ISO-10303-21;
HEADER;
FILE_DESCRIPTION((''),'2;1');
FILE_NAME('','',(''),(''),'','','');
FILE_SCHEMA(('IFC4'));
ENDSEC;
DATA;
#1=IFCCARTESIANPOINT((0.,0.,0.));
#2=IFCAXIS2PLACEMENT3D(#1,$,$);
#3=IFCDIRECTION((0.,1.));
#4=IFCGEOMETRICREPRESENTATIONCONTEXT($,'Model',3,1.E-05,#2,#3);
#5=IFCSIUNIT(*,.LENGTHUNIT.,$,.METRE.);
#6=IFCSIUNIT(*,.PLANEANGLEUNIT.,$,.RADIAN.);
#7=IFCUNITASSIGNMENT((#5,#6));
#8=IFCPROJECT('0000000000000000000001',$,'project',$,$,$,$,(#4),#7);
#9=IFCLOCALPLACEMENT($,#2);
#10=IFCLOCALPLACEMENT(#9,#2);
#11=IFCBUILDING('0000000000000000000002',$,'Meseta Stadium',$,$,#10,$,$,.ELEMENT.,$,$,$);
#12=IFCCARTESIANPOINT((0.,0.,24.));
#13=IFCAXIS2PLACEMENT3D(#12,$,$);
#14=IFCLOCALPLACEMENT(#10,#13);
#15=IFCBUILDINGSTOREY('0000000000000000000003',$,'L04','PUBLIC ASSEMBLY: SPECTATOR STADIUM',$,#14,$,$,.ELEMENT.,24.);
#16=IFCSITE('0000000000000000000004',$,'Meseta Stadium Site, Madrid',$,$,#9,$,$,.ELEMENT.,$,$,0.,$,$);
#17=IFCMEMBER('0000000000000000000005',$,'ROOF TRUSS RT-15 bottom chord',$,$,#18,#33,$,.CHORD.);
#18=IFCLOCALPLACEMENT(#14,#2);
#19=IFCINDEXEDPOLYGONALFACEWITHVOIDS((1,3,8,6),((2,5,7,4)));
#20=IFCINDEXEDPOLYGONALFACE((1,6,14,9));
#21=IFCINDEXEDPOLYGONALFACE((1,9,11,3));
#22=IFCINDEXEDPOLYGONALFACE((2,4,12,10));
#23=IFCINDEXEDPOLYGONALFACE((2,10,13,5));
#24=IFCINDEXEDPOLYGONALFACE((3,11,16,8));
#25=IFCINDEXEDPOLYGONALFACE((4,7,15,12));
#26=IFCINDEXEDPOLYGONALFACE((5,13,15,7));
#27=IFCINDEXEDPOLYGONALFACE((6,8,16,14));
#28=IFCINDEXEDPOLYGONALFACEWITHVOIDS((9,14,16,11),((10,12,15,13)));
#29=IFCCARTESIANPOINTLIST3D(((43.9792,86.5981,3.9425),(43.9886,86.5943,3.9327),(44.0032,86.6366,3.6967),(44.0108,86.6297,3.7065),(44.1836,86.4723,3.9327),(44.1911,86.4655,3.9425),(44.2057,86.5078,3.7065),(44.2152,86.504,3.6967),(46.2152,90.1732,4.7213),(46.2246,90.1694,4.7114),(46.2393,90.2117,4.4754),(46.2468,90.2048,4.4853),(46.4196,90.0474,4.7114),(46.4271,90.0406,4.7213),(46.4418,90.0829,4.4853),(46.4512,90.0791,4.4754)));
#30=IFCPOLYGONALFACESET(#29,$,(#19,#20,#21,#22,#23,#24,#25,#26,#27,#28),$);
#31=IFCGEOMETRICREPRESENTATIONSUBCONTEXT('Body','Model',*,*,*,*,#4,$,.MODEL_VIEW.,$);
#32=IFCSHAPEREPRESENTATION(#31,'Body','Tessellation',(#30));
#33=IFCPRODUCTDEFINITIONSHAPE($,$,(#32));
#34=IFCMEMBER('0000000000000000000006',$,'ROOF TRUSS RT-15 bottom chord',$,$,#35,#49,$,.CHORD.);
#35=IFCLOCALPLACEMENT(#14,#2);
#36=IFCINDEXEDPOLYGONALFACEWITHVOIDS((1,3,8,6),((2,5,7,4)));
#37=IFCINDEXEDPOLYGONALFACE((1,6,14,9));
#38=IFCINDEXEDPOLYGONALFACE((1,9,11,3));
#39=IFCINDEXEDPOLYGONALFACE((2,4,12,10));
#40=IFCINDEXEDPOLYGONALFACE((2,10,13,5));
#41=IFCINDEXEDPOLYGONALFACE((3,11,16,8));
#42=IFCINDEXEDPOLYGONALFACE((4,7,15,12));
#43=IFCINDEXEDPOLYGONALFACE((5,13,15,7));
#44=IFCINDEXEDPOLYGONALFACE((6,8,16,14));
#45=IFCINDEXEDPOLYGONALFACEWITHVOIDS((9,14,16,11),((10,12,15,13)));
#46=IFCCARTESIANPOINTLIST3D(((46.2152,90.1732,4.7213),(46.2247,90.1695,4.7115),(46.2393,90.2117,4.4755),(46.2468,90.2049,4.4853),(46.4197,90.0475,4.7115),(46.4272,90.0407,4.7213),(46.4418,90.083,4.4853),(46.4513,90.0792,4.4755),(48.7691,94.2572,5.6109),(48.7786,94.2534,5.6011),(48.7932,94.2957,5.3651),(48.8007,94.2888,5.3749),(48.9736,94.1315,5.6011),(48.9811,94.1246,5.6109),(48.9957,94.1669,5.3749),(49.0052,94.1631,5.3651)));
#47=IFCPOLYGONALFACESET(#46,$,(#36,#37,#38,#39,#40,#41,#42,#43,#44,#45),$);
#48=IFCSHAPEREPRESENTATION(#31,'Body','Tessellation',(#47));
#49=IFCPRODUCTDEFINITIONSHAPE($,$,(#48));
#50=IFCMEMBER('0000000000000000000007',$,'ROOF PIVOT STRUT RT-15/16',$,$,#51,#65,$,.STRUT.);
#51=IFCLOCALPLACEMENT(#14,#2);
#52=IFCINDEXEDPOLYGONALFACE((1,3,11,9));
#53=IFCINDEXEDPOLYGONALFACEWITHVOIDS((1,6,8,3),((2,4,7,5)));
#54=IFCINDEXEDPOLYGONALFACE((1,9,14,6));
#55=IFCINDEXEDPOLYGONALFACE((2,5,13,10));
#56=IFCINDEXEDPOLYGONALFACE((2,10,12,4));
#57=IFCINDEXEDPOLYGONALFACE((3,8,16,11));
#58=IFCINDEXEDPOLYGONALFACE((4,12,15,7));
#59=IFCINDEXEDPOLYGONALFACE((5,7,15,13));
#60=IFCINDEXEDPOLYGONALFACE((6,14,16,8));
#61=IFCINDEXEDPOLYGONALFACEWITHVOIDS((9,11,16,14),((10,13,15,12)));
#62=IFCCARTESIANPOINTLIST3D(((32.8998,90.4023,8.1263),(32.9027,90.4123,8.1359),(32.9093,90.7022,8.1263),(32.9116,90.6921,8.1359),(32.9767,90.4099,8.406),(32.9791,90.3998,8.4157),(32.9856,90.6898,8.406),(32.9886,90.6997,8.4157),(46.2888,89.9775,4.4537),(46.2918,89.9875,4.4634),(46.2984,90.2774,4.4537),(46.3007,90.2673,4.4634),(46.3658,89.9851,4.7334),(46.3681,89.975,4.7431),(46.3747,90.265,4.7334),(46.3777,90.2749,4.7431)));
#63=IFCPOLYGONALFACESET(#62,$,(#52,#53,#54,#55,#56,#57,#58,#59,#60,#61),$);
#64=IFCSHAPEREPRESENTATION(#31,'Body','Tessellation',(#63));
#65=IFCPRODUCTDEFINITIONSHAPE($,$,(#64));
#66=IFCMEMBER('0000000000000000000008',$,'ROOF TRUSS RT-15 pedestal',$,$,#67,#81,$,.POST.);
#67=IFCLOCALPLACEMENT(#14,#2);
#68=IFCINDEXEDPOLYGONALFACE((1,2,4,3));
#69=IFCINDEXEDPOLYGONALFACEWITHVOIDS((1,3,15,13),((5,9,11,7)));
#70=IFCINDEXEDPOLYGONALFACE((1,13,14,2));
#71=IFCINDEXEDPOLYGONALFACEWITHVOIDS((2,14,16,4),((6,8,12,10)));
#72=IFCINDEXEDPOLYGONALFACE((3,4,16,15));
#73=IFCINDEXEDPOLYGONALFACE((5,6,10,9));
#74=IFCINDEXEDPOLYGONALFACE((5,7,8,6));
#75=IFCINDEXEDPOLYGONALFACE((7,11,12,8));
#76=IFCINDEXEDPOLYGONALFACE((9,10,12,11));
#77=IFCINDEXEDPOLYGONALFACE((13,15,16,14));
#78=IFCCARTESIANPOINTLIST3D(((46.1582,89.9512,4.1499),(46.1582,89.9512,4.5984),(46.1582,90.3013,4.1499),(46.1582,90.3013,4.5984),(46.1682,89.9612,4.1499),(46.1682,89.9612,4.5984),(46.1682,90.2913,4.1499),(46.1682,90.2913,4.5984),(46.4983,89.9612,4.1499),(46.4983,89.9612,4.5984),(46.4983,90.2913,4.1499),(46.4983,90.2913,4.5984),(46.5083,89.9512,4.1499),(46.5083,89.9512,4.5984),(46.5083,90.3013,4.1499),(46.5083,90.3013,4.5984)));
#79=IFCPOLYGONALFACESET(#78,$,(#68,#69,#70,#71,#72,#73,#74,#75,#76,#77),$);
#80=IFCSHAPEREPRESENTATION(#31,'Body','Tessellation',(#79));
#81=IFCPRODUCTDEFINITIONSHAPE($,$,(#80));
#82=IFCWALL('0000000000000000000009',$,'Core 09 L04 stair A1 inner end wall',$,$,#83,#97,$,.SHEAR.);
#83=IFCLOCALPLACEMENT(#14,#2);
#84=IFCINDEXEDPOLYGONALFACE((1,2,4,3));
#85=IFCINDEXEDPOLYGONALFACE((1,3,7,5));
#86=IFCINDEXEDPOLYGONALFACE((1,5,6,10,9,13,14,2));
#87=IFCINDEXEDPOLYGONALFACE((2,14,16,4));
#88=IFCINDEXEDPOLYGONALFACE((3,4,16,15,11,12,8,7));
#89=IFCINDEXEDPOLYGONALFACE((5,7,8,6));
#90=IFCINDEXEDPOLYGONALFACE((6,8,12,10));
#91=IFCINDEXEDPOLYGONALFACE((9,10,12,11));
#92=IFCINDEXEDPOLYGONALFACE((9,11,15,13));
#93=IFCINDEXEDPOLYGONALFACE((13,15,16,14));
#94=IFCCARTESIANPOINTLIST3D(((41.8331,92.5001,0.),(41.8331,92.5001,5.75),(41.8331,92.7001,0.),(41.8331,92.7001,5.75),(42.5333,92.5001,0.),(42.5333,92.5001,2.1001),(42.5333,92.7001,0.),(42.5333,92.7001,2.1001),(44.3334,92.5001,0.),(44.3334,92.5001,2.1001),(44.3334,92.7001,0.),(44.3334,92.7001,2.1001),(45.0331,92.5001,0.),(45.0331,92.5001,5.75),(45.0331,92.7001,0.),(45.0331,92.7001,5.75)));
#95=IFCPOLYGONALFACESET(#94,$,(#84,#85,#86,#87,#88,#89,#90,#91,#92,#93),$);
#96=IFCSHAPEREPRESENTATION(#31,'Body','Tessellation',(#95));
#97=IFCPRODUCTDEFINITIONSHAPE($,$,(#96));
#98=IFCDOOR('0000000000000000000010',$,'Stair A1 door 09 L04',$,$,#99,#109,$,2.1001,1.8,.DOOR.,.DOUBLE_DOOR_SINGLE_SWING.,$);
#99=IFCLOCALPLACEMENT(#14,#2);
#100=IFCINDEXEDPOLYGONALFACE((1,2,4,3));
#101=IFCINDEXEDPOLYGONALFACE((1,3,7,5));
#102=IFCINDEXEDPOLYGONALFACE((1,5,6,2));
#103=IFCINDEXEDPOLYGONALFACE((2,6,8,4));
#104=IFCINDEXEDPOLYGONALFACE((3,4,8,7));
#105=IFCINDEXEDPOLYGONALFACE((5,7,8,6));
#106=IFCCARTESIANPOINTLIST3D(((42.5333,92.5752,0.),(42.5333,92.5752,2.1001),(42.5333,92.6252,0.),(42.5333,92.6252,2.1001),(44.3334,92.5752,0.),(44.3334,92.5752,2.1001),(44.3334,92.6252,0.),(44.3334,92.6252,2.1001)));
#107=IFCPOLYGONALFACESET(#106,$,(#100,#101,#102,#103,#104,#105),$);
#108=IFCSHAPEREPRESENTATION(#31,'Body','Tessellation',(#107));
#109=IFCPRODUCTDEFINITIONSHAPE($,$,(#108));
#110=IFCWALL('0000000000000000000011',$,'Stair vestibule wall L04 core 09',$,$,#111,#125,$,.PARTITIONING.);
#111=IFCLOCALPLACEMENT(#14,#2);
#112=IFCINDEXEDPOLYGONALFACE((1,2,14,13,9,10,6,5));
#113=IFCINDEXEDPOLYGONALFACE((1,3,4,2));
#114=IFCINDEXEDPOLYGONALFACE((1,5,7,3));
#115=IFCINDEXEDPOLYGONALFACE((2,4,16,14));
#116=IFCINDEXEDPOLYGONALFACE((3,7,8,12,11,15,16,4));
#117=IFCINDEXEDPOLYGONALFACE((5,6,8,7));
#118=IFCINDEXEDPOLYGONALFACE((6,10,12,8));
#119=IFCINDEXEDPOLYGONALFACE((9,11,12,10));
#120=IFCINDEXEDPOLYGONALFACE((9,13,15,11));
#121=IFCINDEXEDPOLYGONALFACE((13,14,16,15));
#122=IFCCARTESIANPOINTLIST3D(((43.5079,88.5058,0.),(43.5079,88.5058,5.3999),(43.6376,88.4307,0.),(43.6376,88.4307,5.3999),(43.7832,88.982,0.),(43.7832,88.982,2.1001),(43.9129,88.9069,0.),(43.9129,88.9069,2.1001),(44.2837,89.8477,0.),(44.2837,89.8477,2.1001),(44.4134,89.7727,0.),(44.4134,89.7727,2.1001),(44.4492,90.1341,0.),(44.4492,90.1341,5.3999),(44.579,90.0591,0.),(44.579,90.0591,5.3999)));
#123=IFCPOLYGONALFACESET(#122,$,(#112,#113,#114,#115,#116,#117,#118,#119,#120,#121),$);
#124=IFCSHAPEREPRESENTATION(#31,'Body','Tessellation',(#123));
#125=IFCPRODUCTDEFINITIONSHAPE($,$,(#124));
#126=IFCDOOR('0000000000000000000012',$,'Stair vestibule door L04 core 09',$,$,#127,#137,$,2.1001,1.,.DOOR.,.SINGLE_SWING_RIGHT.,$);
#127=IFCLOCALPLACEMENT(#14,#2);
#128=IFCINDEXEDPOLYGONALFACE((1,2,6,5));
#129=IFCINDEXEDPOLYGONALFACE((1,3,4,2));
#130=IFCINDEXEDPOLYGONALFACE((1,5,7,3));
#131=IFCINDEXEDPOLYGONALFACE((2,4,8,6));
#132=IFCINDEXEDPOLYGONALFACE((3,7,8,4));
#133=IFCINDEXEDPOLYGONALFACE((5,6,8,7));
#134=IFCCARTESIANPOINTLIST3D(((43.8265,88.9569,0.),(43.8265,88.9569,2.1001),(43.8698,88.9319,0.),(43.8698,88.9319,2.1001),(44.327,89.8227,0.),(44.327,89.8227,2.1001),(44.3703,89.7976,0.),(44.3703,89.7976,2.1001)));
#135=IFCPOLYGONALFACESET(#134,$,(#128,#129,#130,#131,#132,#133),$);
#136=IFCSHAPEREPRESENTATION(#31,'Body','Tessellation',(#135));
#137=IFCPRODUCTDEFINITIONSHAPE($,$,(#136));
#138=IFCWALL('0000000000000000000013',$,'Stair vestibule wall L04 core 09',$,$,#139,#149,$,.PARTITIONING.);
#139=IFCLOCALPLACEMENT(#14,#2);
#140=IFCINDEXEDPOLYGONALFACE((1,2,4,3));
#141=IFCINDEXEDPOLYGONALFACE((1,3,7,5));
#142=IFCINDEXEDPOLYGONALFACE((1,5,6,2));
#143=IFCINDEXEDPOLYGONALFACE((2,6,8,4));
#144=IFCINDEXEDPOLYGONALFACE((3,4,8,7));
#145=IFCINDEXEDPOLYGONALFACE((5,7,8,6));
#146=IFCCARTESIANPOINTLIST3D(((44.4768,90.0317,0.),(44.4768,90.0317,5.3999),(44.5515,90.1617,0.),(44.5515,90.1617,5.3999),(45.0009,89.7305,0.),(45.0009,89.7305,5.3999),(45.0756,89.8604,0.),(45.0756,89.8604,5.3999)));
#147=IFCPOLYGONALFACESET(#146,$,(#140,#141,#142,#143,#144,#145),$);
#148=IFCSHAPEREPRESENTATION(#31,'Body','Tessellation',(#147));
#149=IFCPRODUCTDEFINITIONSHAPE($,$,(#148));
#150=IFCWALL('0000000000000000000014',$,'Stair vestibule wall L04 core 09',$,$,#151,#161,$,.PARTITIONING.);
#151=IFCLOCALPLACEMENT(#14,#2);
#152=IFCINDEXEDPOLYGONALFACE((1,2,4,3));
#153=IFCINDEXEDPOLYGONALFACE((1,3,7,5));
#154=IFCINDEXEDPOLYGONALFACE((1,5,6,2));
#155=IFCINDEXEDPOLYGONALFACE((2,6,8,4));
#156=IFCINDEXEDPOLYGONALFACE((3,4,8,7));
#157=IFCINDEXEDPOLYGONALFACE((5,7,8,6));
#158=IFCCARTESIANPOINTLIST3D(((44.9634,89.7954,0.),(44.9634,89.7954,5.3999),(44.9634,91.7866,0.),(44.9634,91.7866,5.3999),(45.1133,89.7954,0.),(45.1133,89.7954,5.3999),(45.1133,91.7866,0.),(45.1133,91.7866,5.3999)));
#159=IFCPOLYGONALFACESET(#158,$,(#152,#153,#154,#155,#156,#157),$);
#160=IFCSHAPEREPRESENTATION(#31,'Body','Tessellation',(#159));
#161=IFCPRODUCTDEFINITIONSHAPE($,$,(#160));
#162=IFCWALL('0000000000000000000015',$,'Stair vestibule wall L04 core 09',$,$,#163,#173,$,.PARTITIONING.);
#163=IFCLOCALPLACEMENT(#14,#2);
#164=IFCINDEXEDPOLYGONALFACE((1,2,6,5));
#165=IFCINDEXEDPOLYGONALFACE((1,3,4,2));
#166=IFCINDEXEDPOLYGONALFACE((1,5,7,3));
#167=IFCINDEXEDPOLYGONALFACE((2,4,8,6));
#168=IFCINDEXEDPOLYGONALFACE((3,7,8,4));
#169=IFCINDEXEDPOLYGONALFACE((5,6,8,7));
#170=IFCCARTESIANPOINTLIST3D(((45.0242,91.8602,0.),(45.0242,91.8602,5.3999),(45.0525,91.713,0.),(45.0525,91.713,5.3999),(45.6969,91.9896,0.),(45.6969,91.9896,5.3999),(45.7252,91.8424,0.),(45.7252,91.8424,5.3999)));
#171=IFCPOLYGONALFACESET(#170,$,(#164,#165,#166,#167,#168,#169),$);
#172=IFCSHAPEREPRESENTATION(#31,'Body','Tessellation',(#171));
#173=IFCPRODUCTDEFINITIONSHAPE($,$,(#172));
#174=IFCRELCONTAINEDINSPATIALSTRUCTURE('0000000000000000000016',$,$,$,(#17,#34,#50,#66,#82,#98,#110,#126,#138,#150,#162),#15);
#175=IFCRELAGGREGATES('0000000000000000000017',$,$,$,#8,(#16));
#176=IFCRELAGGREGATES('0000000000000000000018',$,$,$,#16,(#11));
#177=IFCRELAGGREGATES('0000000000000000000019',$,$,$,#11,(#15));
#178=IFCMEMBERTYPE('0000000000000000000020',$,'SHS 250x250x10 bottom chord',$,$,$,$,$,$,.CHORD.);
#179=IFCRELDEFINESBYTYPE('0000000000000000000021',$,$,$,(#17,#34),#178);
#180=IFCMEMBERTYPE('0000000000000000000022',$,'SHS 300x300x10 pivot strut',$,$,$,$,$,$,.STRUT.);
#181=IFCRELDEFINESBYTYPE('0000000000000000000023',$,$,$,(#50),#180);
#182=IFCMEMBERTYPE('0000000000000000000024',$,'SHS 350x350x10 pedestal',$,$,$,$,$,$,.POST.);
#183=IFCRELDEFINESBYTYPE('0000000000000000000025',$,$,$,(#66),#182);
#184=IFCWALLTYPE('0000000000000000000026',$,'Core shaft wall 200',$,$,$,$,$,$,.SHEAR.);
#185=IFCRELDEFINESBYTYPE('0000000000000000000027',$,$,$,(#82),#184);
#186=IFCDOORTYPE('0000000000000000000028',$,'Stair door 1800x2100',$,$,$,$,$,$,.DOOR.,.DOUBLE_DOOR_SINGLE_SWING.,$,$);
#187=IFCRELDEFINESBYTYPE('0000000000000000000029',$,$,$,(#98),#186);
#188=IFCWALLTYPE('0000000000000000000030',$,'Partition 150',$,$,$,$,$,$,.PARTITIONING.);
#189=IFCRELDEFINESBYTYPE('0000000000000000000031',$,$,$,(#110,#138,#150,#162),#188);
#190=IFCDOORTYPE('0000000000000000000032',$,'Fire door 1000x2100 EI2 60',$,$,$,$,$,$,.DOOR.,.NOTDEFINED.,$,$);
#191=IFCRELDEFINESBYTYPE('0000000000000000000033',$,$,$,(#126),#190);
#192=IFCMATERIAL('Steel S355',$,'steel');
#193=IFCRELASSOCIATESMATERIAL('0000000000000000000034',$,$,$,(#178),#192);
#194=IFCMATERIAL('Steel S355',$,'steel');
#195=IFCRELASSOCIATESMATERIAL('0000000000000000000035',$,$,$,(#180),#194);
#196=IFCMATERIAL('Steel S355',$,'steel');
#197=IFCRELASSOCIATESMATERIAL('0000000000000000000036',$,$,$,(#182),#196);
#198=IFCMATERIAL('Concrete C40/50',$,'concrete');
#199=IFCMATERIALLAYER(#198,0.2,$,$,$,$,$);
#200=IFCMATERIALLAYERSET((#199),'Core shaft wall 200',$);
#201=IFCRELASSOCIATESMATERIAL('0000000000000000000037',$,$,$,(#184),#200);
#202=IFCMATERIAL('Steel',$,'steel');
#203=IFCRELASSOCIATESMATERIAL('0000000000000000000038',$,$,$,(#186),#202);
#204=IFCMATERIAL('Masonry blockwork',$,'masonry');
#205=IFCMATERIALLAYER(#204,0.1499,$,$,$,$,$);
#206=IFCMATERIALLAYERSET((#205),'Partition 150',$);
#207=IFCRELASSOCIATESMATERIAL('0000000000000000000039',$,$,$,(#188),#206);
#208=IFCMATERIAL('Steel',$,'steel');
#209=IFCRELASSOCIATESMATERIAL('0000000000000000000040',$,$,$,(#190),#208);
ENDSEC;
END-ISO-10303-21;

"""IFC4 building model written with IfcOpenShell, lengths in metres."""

from ifc_helpers import new_model, si_unit, direction, frame, frame_2d, origin, origin_2d, place, context, subcontext, project, spatial, rectangle, hollow_rectangle, extrude, material, layer, layer_set, material_profile, profile_set, type_object, element, fill, save


model = new_model("IFC4")

# Units and contexts
model_context = context("Model", 3, precision=1e-05, world=origin(), true_north=direction((0.0, 1.0)))
body_context = subcontext(model_context, "Body", "Model", "MODEL_VIEW")
ifc_project = project(units=[si_unit("LENGTHUNIT", "METRE"), si_unit("PLANEANGLEUNIT", "RADIAN")], contexts=[model_context])

# Site, building, storey
site_placement = place(None, origin())
site = spatial("IfcSite", under=ifc_project, at=site_placement, Name="Meseta Stadium Site, Madrid", CompositionType="ELEMENT", RefElevation=0.0)
building_placement = place(site_placement, origin())
building = spatial("IfcBuilding", under=site, at=building_placement, Name="Meseta Stadium", CompositionType="ELEMENT")
storey_placement = place(building_placement, frame((0.0, 0.0, 24.0)))
storey = spatial("IfcBuildingStorey", under=building, at=storey_placement, Name="L04", Description="PUBLIC ASSEMBLY: SPECTATOR STADIUM", CompositionType="ELEMENT", Elevation=24.0)

# Members
ifc_material_1 = material(Name="Steel S355", Category="steel")
ifc_material_profile_1 = material_profile(ifc_material_1, hollow_rectangle(XDim=0.25, YDim=0.25, WallThickness=0.01, at=origin_2d()), Name="SHS 250x250x10")
ifc_profile_set_1 = profile_set([ifc_material_profile_1], Name="Steel S355")
member_type_1 = type_object("IfcMemberType", Name="SHS 250x250x10 bottom chord", PredefinedType="CHORD", material=ifc_profile_set_1)
member_1_placement = place(storey_placement, frame((44.0972, 86.551, 3.8196), z_axis=(0.521451, 0.833729, 0.181617), x_axis=(-0.847829, 0.53027, 0.0)))
element("IfcMember", 1, at=member_1_placement, inside=storey, type_object=member_type_1, Name="ROOF TRUSS RT-15 bottom chord", PredefinedType="CHORD", context=body_context, shape_type="SweptSolid", body=[
    extrude(hollow_rectangle(XDim=0.25, YDim=0.25, WallThickness=0.01, at=origin_2d()), origin(), (0.0, 0.0, 1.0), 4.2881),
])
member_2_placement = place(storey_placement, frame((46.3333, 90.1262, 4.5984), z_axis=(0.521399, 0.83376, 0.181625), x_axis=(-0.847862, 0.530218, 0.0)))
element("IfcMember", 2, at=member_2_placement, inside=storey, type_object=member_type_1, Name="ROOF TRUSS RT-15 bottom chord", PredefinedType="CHORD", context=body_context, shape_type="SweptSolid", body=[
    extrude(hollow_rectangle(XDim=0.25, YDim=0.25, WallThickness=0.01, at=origin_2d()), origin(), (0.0, 0.0, 1.0), 4.8982),
])
ifc_material_2 = material(Name="Steel S355", Category="steel")
ifc_material_profile_2 = material_profile(ifc_material_2, hollow_rectangle(XDim=0.3, YDim=0.3, WallThickness=0.01, at=origin_2d()), Name="SHS 300x300x10")
ifc_profile_set_2 = profile_set([ifc_material_profile_2], Name="Steel S355")
member_type_2 = type_object("IfcMemberType", Name="SHS 300x300x10 pivot strut", PredefinedType="STRUT", material=ifc_profile_set_2)
member_3_placement = place(storey_placement, frame((46.3333, 90.1262, 4.5984), z_axis=(-0.963927, 0.030583, 0.264402), x_axis=(-0.031712, -0.999497, 0.0)))
element("IfcMember", 3, at=member_3_placement, inside=storey, type_object=member_type_2, Name="ROOF PIVOT STRUT RT-15/16", PredefinedType="STRUT", context=body_context, shape_type="SweptSolid", body=[
    extrude(hollow_rectangle(XDim=0.3, YDim=0.3, WallThickness=0.01, at=origin_2d()), origin(), (0.0, 0.0, 1.0), 13.8901),
])
ifc_material_3 = material(Name="Steel S355", Category="steel")
ifc_material_profile_3 = material_profile(ifc_material_3, hollow_rectangle(XDim=0.3501, YDim=0.3501, WallThickness=0.01, at=origin_2d()), Name="SHS 350x350x10")
ifc_profile_set_3 = profile_set([ifc_material_profile_3], Name="Steel S355")
member_type_3 = type_object("IfcMemberType", Name="SHS 350x350x10 pedestal", PredefinedType="POST", material=ifc_profile_set_3)
member_4_placement = place(storey_placement, frame((46.3333, 90.1262, 4.1499), z_axis=(0.0, 0.0, 1.0), x_axis=(1.0, 0.0, 0.0)))
element("IfcMember", 4, at=member_4_placement, inside=storey, type_object=member_type_3, Name="ROOF TRUSS RT-15 pedestal", PredefinedType="POST", context=body_context, shape_type="SweptSolid", body=[
    extrude(hollow_rectangle(XDim=0.3501, YDim=0.3501, WallThickness=0.01, at=origin_2d()), origin(), (0.0, 0.0, 1.0), 0.4485),
])

# Walls, openings, doors
ifc_material_4 = material(Name="Concrete C40/50", Category="concrete")
ifc_layer_1 = layer(ifc_material_4, 0.2)
ifc_layer_set_1 = layer_set([ifc_layer_1], Name="Core shaft wall 200")
wall_type_1 = type_object("IfcWallType", Name="Core shaft wall 200", PredefinedType="SHEAR", material=ifc_layer_set_1)
wall_1_placement = place(storey_placement, frame((45.0332, 92.6001, 0.0), z_axis=(0.0, 0.0, 1.0), x_axis=(-1.0, 0.0, 0.0)))
wall_1 = element("IfcWall", 5, at=wall_1_placement, inside=storey, type_object=wall_type_1, Name="Core 09 L04 stair A1 inner end wall", PredefinedType="SHEAR", context=body_context, shape_type="SweptSolid", body=[
    extrude(rectangle(XDim=3.2, YDim=0.2, at=frame_2d((1.6001, 0.0))), origin(), (0.0, 0.0, 1.0), 5.75),
])
opening_1_placement = place(wall_1_placement, frame((0.7, 0.0, 0.0)))
opening_1 = element("IfcOpeningElement", 6, at=opening_1_placement, cuts=wall_1, PredefinedType="OPENING", context=body_context, shape_type="SweptSolid", body=[
    extrude(rectangle(XDim=1.8, YDim=2.1001, at=frame_2d((0.8999, 1.05))), frame((0.0, 0.1099, 0.0), z_axis=(0.0, -1.0, 0.0), x_axis=(1.0, 0.0, 0.0)), (0.0, 0.0, 1.0), 0.22),
])
ifc_material_5 = material(Name="Steel", Category="steel")
door_type_1 = type_object("IfcDoorType", Name="Stair door 1800x2100", OperationType="DOUBLE_DOOR_SINGLE_SWING", PredefinedType="DOOR", material=ifc_material_5)
door_1_placement = place(opening_1_placement, origin())
door_1 = element("IfcDoor", 7, at=door_1_placement, inside=storey, type_object=door_type_1, Name="Stair A1 door 09 L04", OperationType="DOUBLE_DOOR_SINGLE_SWING", OverallHeight=2.1001, OverallWidth=1.8, PredefinedType="DOOR", context=body_context, shape_type="SweptSolid", body=[
    extrude(rectangle(XDim=1.8, YDim=2.1001, at=frame_2d((0.8999, 1.05))), frame((0.0, 0.0249, 0.0), z_axis=(0.0, -1.0, 0.0), x_axis=(1.0, 0.0, 0.0)), (0.0, 0.0, 1.0), 0.05),
])
fill(opening_1, door_1)
ifc_material_6 = material(Name="Masonry blockwork", Category="masonry")
ifc_layer_2 = layer(ifc_material_6, 0.1499)
ifc_layer_set_2 = layer_set([ifc_layer_2], Name="Partition 150")
wall_type_2 = type_object("IfcWallType", Name="Partition 150", PredefinedType="PARTITIONING", material=ifc_layer_set_2)
wall_2_placement = place(storey_placement, frame((43.5728, 88.4683, 0.0), z_axis=(0.0, 0.0, 1.0), x_axis=(0.500494, 0.86574, 0.0)))
wall_2 = element("IfcWall", 8, at=wall_2_placement, inside=storey, type_object=wall_type_2, Name="Stair vestibule wall L04 core 09", PredefinedType="PARTITIONING", context=body_context, shape_type="SweptSolid", body=[
    extrude(rectangle(XDim=1.8809, YDim=0.1499, at=frame_2d((0.9404, 0.0))), origin(), (0.0, 0.0, 1.0), 5.3999),
])
opening_2_placement = place(wall_2_placement, frame((0.55, 0.0, 0.0)))
opening_2 = element("IfcOpeningElement", 9, at=opening_2_placement, cuts=wall_2, PredefinedType="OPENING", context=body_context, shape_type="SweptSolid", body=[
    extrude(rectangle(XDim=1.0, YDim=2.1001, at=frame_2d((0.5, 1.05))), frame((0.0, 0.085, 0.0), z_axis=(0.0, -1.0, 0.0), x_axis=(1.0, 0.0, 0.0)), (0.0, 0.0, 1.0), 0.1699),
])
ifc_material_7 = material(Name="Steel", Category="steel")
door_type_2 = type_object("IfcDoorType", Name="Fire door 1000x2100 EI2 60", OperationType="NOTDEFINED", PredefinedType="DOOR", material=ifc_material_7)
door_2_placement = place(opening_2_placement, origin())
door_2 = element("IfcDoor", 10, at=door_2_placement, inside=storey, type_object=door_type_2, Name="Stair vestibule door L04 core 09", OperationType="SINGLE_SWING_RIGHT", OverallHeight=2.1001, OverallWidth=1.0, PredefinedType="DOOR", context=body_context, shape_type="SweptSolid", body=[
    extrude(rectangle(XDim=1.0, YDim=2.1001, at=frame_2d((0.5, 1.05))), frame((0.0, 0.0249, 0.0), z_axis=(0.0, -1.0, 0.0), x_axis=(1.0, 0.0, 0.0)), (0.0, 0.0, 1.0), 0.05),
])
fill(opening_2, door_2)

# Walls
wall_3_placement = place(storey_placement, frame((44.5142, 90.0967, 0.0), z_axis=(0.0, 0.0, 1.0), x_axis=(0.866998, -0.498312, 0.0)))
element("IfcWall", 11, at=wall_3_placement, inside=storey, type_object=wall_type_2, Name="Stair vestibule wall L04 core 09", PredefinedType="PARTITIONING", context=body_context, shape_type="SweptSolid", body=[
    extrude(rectangle(XDim=0.6045, YDim=0.1499, at=frame_2d((0.3022, 0.0))), origin(), (0.0, 0.0, 1.0), 5.3999),
])
wall_4_placement = place(storey_placement, frame((45.0383, 89.7954, 0.0), z_axis=(0.0, 0.0, 1.0), x_axis=(0.0, 1.0, 0.0)))
element("IfcWall", 12, at=wall_4_placement, inside=storey, type_object=wall_type_2, Name="Stair vestibule wall L04 core 09", PredefinedType="PARTITIONING", context=body_context, shape_type="SweptSolid", body=[
    extrude(rectangle(XDim=1.9912, YDim=0.1499, at=frame_2d((0.9956, 0.0))), origin(), (0.0, 0.0, 1.0), 5.3999),
])
wall_5_placement = place(storey_placement, frame((45.0383, 91.7866, 0.0), z_axis=(0.0, 0.0, 1.0), x_axis=(0.982006, 0.188847, 0.0)))
element("IfcWall", 13, at=wall_5_placement, inside=storey, type_object=wall_type_2, Name="Stair vestibule wall L04 core 09", PredefinedType="PARTITIONING", context=body_context, shape_type="SweptSolid", body=[
    extrude(rectangle(XDim=0.6851, YDim=0.1499, at=frame_2d((0.3425, 0.0))), origin(), (0.0, 0.0, 1.0), 5.3999),
])

save(model, "model.ifc")
